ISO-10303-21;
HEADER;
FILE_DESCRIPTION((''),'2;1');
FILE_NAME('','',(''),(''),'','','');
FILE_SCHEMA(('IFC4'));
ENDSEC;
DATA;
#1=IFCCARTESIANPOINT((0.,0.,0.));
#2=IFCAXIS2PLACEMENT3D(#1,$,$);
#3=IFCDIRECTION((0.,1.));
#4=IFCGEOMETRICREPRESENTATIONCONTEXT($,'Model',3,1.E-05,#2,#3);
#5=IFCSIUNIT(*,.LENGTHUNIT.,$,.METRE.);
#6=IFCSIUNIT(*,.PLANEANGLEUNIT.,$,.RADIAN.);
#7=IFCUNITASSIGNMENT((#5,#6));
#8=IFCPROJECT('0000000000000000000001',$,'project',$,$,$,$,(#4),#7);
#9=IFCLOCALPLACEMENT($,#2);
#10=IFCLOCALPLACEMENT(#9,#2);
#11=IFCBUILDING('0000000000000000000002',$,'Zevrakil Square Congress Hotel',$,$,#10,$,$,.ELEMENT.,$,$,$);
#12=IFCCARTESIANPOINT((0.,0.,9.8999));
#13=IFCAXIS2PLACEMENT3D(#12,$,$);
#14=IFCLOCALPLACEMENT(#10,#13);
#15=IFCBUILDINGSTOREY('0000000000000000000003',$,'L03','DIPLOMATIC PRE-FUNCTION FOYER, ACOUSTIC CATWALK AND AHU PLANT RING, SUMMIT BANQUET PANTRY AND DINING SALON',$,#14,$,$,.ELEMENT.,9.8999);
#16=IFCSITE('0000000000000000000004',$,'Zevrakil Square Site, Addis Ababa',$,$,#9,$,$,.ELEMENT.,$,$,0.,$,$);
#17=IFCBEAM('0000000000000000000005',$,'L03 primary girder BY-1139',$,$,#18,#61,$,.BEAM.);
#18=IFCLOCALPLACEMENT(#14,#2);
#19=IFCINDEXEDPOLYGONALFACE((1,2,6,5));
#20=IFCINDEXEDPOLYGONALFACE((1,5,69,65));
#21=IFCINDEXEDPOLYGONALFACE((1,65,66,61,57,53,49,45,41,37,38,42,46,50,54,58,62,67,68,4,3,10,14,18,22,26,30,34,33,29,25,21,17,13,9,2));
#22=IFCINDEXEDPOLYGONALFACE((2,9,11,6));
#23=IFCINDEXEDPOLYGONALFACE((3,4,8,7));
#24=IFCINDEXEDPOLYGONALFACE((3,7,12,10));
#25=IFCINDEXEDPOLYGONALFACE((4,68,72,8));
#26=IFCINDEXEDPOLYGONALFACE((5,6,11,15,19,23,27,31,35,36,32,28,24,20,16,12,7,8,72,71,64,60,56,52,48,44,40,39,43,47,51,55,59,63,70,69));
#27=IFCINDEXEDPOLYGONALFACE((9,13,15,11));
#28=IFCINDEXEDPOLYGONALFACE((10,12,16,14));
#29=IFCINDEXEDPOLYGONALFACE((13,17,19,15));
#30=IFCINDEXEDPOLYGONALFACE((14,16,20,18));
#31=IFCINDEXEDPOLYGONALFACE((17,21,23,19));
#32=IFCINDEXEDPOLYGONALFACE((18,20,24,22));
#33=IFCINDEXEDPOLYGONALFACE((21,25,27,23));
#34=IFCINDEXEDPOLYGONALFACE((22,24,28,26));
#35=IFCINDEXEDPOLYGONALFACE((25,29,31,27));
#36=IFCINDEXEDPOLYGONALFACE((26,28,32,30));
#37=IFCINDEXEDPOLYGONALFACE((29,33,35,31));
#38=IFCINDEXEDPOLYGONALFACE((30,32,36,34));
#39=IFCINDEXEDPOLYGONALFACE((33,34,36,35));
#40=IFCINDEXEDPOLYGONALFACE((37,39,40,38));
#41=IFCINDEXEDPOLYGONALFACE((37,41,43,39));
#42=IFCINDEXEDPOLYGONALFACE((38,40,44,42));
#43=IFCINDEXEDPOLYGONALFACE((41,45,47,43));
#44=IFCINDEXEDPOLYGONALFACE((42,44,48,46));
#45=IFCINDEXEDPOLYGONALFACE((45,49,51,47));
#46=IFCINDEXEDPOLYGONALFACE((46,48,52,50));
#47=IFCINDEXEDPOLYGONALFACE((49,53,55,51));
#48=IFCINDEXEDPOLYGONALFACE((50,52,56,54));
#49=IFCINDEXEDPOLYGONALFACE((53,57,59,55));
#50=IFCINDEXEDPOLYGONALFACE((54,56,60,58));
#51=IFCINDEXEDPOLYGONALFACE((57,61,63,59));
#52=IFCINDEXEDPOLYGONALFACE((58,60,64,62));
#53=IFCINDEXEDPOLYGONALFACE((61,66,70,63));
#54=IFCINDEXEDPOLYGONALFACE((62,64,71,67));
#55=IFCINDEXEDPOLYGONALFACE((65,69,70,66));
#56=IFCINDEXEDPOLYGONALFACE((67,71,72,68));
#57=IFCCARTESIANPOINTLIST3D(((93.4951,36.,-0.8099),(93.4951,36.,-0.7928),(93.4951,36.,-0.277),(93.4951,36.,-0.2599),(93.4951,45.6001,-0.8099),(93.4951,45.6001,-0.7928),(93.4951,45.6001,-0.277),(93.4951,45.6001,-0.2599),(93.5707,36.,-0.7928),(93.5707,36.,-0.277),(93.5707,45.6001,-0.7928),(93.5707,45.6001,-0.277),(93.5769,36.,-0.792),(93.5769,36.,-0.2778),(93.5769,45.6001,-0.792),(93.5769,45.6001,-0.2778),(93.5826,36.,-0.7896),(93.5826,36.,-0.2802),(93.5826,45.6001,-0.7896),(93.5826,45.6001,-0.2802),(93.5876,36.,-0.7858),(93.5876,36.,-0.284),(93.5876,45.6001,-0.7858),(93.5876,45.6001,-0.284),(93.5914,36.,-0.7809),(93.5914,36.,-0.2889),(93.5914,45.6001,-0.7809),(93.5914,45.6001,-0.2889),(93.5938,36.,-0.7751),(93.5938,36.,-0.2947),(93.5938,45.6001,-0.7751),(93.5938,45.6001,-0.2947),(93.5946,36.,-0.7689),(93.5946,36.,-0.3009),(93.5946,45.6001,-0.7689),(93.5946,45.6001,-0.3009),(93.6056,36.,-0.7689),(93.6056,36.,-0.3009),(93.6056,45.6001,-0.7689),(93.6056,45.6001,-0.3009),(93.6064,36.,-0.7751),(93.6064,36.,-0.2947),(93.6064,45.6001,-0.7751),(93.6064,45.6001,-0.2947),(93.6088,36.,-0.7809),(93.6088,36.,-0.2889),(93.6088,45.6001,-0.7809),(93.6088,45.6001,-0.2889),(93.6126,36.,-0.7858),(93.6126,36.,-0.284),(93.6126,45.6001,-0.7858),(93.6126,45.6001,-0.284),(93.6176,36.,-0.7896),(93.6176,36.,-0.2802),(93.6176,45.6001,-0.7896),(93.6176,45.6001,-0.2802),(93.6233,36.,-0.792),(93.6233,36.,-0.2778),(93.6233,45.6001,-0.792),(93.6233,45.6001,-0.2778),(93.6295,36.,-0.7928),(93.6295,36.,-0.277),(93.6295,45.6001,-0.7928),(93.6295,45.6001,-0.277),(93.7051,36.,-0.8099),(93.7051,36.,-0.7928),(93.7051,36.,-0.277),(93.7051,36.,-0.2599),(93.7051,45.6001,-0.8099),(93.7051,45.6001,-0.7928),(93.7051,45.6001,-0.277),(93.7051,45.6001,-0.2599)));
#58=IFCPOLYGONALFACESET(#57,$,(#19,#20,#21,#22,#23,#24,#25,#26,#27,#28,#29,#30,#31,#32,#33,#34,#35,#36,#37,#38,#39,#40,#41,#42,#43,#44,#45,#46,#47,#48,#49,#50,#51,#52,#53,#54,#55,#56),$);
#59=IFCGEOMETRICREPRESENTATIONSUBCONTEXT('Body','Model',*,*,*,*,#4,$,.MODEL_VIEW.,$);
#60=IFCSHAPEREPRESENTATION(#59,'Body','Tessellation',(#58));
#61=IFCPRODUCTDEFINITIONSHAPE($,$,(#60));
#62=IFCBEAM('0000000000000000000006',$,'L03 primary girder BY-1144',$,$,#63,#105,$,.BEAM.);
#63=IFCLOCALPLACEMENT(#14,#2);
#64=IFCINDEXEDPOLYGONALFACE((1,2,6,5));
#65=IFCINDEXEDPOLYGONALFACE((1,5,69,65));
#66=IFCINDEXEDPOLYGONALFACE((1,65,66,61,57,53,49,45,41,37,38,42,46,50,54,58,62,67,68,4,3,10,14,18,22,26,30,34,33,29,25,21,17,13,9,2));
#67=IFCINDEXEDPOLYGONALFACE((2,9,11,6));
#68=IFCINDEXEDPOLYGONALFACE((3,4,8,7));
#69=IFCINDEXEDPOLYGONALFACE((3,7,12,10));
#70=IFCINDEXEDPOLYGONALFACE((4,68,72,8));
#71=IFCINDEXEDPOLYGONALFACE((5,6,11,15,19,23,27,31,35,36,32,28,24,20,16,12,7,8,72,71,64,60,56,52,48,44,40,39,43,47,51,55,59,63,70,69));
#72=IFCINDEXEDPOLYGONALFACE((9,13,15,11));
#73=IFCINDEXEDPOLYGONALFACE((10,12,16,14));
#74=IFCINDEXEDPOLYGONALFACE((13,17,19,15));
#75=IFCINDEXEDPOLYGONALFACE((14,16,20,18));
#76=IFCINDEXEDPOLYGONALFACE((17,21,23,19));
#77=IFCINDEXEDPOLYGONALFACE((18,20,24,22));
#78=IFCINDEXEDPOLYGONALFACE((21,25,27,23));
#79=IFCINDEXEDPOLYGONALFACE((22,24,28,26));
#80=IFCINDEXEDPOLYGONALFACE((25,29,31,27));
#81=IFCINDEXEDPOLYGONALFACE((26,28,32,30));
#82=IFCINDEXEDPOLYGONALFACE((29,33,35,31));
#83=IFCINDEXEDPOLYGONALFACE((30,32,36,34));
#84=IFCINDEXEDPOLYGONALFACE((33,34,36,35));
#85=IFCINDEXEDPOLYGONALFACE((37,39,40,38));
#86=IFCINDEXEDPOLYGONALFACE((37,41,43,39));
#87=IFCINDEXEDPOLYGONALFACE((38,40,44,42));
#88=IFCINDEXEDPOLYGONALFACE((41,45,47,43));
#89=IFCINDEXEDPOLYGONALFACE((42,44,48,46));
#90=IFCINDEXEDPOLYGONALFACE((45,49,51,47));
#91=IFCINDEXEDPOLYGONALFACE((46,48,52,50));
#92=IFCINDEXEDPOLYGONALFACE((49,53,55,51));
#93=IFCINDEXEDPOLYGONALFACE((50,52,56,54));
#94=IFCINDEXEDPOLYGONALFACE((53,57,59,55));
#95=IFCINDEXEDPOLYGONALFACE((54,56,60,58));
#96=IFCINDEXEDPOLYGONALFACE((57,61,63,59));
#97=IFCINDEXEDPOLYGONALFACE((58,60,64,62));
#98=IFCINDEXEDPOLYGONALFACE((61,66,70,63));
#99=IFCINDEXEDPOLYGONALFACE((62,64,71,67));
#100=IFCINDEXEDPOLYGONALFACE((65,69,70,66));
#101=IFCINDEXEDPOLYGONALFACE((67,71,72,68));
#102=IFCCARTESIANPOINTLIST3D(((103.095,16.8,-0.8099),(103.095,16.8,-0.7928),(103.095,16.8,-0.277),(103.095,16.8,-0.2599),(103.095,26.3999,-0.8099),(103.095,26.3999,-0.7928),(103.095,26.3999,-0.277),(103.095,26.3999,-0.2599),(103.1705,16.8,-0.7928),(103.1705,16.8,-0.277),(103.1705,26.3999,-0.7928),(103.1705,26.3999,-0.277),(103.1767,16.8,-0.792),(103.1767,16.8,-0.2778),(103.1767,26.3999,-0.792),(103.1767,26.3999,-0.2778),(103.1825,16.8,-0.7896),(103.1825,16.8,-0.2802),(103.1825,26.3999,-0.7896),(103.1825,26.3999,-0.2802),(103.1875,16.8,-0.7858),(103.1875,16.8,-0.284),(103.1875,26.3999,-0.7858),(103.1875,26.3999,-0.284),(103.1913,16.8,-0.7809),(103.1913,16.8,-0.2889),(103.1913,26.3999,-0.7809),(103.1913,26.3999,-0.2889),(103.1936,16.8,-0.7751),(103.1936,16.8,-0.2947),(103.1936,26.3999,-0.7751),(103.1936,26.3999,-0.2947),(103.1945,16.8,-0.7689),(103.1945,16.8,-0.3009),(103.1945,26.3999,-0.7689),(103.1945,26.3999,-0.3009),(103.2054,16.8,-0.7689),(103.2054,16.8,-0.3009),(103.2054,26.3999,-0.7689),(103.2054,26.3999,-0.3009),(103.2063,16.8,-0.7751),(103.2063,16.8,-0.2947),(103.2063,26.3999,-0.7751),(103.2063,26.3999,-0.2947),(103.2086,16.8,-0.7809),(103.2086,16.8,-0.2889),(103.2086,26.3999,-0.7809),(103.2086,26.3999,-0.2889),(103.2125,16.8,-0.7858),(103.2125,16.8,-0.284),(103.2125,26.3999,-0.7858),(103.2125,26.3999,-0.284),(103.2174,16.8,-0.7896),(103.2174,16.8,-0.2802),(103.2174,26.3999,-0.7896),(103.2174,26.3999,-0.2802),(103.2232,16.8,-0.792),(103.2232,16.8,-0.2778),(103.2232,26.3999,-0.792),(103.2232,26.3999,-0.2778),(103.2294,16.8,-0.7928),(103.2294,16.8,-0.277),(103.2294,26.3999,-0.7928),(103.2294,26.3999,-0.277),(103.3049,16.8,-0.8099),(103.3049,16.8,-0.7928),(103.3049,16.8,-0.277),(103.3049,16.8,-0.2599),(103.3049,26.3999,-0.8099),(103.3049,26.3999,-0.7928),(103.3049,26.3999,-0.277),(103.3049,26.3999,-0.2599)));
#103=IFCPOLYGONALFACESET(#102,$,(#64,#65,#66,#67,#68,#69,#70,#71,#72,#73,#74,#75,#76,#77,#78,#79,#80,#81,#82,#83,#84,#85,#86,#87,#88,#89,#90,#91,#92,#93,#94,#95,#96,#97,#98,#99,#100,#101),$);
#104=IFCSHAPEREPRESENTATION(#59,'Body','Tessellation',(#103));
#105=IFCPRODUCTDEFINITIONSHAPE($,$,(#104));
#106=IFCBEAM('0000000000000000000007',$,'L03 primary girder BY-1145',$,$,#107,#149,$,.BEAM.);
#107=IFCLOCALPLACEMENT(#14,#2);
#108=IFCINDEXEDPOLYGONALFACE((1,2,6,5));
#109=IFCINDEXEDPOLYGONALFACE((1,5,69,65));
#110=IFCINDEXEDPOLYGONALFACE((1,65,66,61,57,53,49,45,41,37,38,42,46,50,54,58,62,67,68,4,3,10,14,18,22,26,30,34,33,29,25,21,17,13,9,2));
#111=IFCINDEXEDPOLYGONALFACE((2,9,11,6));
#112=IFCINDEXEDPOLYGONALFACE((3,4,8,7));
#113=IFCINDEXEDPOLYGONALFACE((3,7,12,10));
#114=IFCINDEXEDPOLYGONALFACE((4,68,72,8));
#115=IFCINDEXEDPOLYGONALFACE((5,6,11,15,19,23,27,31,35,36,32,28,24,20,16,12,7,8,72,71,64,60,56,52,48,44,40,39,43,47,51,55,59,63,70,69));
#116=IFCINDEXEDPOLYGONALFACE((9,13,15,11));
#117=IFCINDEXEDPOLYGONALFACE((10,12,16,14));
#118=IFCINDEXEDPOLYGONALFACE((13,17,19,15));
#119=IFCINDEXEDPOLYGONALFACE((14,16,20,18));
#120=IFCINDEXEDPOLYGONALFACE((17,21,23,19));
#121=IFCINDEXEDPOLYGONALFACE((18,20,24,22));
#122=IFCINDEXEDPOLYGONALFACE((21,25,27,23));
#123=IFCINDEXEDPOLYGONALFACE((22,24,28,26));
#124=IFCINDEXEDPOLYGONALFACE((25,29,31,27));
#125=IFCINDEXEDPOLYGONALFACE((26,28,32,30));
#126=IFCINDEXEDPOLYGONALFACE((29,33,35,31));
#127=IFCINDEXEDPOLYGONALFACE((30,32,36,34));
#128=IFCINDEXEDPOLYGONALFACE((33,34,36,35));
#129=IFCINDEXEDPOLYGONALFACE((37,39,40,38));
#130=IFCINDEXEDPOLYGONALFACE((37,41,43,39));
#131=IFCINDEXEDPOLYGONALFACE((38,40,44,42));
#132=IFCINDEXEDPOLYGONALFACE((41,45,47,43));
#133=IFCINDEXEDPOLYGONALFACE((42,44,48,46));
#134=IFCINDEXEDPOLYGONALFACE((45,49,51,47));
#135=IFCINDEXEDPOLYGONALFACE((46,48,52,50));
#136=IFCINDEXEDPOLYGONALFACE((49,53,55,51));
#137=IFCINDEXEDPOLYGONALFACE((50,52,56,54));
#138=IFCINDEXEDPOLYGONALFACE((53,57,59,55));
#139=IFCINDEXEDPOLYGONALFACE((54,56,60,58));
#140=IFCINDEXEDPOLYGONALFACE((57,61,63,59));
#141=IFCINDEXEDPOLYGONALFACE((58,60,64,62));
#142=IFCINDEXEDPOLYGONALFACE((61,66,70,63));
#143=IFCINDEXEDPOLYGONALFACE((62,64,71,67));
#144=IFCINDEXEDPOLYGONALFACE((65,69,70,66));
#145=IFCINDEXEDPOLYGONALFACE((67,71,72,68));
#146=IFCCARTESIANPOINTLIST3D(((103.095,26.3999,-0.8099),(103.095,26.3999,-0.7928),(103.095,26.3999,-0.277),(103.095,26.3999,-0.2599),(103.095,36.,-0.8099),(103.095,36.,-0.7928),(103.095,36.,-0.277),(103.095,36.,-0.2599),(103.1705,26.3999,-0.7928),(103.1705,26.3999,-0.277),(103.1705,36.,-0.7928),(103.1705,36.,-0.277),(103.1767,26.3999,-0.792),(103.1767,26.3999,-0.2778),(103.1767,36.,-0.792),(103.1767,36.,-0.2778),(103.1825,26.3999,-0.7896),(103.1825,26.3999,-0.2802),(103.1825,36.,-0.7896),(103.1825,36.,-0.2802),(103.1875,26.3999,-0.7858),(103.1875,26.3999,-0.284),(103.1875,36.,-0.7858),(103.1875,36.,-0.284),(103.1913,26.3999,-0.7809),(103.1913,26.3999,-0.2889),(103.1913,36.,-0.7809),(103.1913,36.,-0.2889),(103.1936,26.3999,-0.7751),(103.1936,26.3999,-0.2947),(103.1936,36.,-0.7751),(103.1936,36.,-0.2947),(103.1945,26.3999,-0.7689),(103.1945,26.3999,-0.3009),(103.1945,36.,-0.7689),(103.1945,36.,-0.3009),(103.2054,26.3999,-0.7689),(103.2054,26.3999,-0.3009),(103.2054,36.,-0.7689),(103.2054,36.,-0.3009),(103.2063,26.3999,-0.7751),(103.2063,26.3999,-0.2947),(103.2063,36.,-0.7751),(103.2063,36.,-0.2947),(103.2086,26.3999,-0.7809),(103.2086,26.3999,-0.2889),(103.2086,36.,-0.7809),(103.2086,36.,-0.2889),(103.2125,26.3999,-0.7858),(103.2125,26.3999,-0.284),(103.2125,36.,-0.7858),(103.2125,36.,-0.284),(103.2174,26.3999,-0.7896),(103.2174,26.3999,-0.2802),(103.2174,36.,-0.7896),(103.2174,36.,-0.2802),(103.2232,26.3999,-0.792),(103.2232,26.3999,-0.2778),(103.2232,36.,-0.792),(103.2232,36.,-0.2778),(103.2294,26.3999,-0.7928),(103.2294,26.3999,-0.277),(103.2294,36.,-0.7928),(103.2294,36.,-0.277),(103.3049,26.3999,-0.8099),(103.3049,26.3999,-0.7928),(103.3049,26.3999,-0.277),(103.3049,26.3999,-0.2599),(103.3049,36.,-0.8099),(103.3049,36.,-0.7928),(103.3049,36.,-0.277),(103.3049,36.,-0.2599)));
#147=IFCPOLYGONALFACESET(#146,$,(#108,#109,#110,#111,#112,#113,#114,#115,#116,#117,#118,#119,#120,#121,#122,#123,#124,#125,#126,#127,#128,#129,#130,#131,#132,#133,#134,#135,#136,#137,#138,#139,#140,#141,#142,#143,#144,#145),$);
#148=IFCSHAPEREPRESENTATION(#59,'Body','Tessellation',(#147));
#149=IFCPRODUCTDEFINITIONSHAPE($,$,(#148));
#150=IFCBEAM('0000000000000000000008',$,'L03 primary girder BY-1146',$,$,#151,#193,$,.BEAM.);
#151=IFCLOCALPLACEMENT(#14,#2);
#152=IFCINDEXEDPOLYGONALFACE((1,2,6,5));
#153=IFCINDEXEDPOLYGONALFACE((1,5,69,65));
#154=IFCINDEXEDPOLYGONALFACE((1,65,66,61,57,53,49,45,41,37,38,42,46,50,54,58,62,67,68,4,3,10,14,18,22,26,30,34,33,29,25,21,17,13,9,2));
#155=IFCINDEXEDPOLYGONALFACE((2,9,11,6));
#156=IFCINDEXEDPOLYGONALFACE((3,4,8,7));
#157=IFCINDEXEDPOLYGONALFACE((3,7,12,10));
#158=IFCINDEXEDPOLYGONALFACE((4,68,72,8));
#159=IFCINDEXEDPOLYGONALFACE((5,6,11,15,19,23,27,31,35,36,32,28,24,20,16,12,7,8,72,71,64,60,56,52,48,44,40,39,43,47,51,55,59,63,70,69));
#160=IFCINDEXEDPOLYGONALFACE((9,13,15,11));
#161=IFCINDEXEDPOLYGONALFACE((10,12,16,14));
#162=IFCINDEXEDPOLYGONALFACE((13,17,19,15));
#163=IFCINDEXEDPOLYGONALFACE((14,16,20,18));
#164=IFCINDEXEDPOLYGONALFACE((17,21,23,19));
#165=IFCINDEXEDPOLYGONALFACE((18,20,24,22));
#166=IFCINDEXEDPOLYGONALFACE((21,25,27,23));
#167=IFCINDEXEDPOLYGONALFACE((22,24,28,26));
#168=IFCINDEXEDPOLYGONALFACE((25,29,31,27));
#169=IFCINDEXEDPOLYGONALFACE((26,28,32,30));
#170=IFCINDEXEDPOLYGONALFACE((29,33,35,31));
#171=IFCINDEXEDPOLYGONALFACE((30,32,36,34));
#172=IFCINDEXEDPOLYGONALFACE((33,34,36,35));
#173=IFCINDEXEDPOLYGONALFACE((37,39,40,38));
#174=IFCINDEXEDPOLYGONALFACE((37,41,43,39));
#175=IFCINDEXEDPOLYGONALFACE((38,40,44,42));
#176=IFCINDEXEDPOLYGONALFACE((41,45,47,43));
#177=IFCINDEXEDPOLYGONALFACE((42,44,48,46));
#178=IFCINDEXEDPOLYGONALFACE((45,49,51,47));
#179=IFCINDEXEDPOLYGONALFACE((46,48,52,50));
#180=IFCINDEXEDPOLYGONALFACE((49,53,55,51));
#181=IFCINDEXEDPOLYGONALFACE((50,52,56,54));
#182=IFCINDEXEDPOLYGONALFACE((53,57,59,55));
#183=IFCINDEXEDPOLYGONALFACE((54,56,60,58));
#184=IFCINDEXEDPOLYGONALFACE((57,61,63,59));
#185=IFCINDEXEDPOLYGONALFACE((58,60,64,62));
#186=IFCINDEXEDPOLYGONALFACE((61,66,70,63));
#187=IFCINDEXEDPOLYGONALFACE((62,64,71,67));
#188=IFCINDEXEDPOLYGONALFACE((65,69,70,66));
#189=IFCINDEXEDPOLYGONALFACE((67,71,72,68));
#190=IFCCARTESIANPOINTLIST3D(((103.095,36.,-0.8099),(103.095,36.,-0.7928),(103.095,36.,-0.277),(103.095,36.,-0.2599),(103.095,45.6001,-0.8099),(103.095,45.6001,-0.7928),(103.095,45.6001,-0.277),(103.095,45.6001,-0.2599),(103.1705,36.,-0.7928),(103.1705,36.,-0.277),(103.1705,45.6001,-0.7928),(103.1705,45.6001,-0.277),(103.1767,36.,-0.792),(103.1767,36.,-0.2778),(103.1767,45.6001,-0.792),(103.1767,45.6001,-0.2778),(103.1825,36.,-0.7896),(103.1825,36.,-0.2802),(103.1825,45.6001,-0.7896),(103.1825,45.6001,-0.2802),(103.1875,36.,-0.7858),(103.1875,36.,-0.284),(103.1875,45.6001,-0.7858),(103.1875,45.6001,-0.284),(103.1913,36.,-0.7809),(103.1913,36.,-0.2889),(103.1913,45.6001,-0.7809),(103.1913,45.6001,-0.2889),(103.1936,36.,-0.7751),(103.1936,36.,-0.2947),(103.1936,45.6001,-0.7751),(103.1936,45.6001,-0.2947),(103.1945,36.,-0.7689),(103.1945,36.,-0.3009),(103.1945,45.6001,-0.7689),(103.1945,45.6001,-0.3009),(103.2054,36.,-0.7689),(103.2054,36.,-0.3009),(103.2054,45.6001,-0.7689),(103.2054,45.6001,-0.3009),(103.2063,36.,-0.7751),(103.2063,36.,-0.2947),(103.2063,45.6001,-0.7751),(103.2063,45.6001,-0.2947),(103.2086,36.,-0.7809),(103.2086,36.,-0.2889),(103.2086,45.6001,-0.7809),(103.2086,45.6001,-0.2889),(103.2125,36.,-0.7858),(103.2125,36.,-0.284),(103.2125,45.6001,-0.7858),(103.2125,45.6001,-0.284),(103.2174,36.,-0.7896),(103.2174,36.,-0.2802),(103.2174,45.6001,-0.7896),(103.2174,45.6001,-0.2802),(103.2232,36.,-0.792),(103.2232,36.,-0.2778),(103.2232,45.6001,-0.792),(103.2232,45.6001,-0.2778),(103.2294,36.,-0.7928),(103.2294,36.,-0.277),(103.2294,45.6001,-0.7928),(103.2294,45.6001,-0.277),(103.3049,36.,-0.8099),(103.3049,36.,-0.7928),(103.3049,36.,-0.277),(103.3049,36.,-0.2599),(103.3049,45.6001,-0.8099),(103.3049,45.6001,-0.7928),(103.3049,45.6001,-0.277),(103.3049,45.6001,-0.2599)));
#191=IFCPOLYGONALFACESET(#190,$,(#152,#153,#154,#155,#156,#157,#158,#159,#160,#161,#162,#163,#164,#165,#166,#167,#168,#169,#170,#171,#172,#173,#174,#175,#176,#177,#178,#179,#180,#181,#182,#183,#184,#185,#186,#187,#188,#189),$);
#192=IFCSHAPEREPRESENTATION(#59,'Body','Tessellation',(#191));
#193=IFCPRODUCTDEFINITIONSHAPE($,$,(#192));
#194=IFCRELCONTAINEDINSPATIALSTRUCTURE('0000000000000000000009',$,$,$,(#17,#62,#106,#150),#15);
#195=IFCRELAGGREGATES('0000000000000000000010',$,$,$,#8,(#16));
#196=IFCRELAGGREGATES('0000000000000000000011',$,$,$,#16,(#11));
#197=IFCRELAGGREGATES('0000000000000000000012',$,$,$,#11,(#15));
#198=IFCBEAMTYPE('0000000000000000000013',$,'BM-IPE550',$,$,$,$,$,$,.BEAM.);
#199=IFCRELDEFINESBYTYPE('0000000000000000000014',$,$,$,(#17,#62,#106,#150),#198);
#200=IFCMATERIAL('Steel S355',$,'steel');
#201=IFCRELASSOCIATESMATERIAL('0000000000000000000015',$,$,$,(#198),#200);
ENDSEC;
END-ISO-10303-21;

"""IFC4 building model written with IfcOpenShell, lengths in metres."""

from ifc_helpers import new_model, si_unit, direction, frame, origin, origin_2d, place, context, subcontext, project, spatial, i_section, extrude, material, material_profile, profile_set, type_object, element, save


model = new_model("IFC4")

# Units and contexts
model_context = context("Model", 3, precision=1e-05, world=origin(), true_north=direction((0.0, 1.0)))
body_context = subcontext(model_context, "Body", "Model", "MODEL_VIEW")
ifc_project = project(units=[si_unit("LENGTHUNIT", "METRE"), si_unit("PLANEANGLEUNIT", "RADIAN")], contexts=[model_context])

# Site, building, storey
site_placement = place(None, origin())
site = spatial("IfcSite", under=ifc_project, at=site_placement, Name="Zevrakil Square Site, Addis Ababa", CompositionType="ELEMENT", RefElevation=0.0)
building_placement = place(site_placement, origin())
building = spatial("IfcBuilding", under=site, at=building_placement, Name="Zevrakil Square Congress Hotel", CompositionType="ELEMENT")
storey_placement = place(building_placement, frame((0.0, 0.0, 9.8999)))
storey = spatial("IfcBuildingStorey", under=building, at=storey_placement, Name="L03", Description="DIPLOMATIC PRE-FUNCTION FOYER, ACOUSTIC CATWALK AND AHU PLANT RING, SUMMIT BANQUET PANTRY AND DINING SALON", CompositionType="ELEMENT", Elevation=9.8999)

# Beams
ifc_material_1 = material(Name="Steel S355", Category="steel")
ifc_material_profile_1 = material_profile(ifc_material_1, i_section(OverallWidth=0.21, OverallDepth=0.55, WebThickness=0.011, FlangeThickness=0.0171, FilletRadius=0.0239, at=origin_2d()), Name="IPE 550")
ifc_profile_set_1 = profile_set([ifc_material_profile_1], Name="Steel S355")
beam_type_1 = type_object("IfcBeamType", Name="BM-IPE550", PredefinedType="BEAM", material=ifc_profile_set_1)
for number, where, z_axis, x_axis, name in (
    (1, (93.6001, 36.0, -0.5349), (0.0, 1.0, 0.0), (-1.0, 0.0, 0.0), "L03 primary girder BY-1139"),
):
    element("IfcBeam", number, at=place(storey_placement, frame(where, z_axis=z_axis, x_axis=x_axis)), inside=storey, type_object=beam_type_1, Name=name, PredefinedType="BEAM", context=body_context, shape_type="SweptSolid", body=[
        extrude(i_section(OverallWidth=0.21, OverallDepth=0.55, WebThickness=0.011, FlangeThickness=0.0171, FilletRadius=0.0239, at=origin_2d()), origin(), (0.0, 0.0, 1.0), 9.6001),
    ])
beam_1_placement = place(storey_placement, frame((103.2, 16.8, -0.5349), z_axis=(0.0, 1.0, 0.0), x_axis=(-1.0, 0.0, 0.0)))
element("IfcBeam", 2, at=beam_1_placement, inside=storey, type_object=beam_type_1, Name="L03 primary girder BY-1144", PredefinedType="BEAM", context=body_context, shape_type="SweptSolid", body=[
    extrude(i_section(OverallWidth=0.21, OverallDepth=0.55, WebThickness=0.011, FlangeThickness=0.0171, FilletRadius=0.0239, at=origin_2d()), origin(), (0.0, 0.0, 1.0), 9.5999),
])
for number, where, z_axis, x_axis, name in (
    (3, (103.2, 26.3999, -0.5349), (0.0, 1.0, 0.0), (-1.0, 0.0, 0.0), "L03 primary girder BY-1145"),
    (4, (103.2, 36.0, -0.5349), (0.0, 1.0, 0.0), (-1.0, 0.0, 0.0), "L03 primary girder BY-1146"),
):
    element("IfcBeam", number, at=place(storey_placement, frame(where, z_axis=z_axis, x_axis=x_axis)), inside=storey, type_object=beam_type_1, Name=name, PredefinedType="BEAM", context=body_context, shape_type="SweptSolid", body=[
        extrude(i_section(OverallWidth=0.21, OverallDepth=0.55, WebThickness=0.011, FlangeThickness=0.0171, FilletRadius=0.0239, at=origin_2d()), origin(), (0.0, 0.0, 1.0), 9.6001),
    ])

save(model, "model.ifc")
